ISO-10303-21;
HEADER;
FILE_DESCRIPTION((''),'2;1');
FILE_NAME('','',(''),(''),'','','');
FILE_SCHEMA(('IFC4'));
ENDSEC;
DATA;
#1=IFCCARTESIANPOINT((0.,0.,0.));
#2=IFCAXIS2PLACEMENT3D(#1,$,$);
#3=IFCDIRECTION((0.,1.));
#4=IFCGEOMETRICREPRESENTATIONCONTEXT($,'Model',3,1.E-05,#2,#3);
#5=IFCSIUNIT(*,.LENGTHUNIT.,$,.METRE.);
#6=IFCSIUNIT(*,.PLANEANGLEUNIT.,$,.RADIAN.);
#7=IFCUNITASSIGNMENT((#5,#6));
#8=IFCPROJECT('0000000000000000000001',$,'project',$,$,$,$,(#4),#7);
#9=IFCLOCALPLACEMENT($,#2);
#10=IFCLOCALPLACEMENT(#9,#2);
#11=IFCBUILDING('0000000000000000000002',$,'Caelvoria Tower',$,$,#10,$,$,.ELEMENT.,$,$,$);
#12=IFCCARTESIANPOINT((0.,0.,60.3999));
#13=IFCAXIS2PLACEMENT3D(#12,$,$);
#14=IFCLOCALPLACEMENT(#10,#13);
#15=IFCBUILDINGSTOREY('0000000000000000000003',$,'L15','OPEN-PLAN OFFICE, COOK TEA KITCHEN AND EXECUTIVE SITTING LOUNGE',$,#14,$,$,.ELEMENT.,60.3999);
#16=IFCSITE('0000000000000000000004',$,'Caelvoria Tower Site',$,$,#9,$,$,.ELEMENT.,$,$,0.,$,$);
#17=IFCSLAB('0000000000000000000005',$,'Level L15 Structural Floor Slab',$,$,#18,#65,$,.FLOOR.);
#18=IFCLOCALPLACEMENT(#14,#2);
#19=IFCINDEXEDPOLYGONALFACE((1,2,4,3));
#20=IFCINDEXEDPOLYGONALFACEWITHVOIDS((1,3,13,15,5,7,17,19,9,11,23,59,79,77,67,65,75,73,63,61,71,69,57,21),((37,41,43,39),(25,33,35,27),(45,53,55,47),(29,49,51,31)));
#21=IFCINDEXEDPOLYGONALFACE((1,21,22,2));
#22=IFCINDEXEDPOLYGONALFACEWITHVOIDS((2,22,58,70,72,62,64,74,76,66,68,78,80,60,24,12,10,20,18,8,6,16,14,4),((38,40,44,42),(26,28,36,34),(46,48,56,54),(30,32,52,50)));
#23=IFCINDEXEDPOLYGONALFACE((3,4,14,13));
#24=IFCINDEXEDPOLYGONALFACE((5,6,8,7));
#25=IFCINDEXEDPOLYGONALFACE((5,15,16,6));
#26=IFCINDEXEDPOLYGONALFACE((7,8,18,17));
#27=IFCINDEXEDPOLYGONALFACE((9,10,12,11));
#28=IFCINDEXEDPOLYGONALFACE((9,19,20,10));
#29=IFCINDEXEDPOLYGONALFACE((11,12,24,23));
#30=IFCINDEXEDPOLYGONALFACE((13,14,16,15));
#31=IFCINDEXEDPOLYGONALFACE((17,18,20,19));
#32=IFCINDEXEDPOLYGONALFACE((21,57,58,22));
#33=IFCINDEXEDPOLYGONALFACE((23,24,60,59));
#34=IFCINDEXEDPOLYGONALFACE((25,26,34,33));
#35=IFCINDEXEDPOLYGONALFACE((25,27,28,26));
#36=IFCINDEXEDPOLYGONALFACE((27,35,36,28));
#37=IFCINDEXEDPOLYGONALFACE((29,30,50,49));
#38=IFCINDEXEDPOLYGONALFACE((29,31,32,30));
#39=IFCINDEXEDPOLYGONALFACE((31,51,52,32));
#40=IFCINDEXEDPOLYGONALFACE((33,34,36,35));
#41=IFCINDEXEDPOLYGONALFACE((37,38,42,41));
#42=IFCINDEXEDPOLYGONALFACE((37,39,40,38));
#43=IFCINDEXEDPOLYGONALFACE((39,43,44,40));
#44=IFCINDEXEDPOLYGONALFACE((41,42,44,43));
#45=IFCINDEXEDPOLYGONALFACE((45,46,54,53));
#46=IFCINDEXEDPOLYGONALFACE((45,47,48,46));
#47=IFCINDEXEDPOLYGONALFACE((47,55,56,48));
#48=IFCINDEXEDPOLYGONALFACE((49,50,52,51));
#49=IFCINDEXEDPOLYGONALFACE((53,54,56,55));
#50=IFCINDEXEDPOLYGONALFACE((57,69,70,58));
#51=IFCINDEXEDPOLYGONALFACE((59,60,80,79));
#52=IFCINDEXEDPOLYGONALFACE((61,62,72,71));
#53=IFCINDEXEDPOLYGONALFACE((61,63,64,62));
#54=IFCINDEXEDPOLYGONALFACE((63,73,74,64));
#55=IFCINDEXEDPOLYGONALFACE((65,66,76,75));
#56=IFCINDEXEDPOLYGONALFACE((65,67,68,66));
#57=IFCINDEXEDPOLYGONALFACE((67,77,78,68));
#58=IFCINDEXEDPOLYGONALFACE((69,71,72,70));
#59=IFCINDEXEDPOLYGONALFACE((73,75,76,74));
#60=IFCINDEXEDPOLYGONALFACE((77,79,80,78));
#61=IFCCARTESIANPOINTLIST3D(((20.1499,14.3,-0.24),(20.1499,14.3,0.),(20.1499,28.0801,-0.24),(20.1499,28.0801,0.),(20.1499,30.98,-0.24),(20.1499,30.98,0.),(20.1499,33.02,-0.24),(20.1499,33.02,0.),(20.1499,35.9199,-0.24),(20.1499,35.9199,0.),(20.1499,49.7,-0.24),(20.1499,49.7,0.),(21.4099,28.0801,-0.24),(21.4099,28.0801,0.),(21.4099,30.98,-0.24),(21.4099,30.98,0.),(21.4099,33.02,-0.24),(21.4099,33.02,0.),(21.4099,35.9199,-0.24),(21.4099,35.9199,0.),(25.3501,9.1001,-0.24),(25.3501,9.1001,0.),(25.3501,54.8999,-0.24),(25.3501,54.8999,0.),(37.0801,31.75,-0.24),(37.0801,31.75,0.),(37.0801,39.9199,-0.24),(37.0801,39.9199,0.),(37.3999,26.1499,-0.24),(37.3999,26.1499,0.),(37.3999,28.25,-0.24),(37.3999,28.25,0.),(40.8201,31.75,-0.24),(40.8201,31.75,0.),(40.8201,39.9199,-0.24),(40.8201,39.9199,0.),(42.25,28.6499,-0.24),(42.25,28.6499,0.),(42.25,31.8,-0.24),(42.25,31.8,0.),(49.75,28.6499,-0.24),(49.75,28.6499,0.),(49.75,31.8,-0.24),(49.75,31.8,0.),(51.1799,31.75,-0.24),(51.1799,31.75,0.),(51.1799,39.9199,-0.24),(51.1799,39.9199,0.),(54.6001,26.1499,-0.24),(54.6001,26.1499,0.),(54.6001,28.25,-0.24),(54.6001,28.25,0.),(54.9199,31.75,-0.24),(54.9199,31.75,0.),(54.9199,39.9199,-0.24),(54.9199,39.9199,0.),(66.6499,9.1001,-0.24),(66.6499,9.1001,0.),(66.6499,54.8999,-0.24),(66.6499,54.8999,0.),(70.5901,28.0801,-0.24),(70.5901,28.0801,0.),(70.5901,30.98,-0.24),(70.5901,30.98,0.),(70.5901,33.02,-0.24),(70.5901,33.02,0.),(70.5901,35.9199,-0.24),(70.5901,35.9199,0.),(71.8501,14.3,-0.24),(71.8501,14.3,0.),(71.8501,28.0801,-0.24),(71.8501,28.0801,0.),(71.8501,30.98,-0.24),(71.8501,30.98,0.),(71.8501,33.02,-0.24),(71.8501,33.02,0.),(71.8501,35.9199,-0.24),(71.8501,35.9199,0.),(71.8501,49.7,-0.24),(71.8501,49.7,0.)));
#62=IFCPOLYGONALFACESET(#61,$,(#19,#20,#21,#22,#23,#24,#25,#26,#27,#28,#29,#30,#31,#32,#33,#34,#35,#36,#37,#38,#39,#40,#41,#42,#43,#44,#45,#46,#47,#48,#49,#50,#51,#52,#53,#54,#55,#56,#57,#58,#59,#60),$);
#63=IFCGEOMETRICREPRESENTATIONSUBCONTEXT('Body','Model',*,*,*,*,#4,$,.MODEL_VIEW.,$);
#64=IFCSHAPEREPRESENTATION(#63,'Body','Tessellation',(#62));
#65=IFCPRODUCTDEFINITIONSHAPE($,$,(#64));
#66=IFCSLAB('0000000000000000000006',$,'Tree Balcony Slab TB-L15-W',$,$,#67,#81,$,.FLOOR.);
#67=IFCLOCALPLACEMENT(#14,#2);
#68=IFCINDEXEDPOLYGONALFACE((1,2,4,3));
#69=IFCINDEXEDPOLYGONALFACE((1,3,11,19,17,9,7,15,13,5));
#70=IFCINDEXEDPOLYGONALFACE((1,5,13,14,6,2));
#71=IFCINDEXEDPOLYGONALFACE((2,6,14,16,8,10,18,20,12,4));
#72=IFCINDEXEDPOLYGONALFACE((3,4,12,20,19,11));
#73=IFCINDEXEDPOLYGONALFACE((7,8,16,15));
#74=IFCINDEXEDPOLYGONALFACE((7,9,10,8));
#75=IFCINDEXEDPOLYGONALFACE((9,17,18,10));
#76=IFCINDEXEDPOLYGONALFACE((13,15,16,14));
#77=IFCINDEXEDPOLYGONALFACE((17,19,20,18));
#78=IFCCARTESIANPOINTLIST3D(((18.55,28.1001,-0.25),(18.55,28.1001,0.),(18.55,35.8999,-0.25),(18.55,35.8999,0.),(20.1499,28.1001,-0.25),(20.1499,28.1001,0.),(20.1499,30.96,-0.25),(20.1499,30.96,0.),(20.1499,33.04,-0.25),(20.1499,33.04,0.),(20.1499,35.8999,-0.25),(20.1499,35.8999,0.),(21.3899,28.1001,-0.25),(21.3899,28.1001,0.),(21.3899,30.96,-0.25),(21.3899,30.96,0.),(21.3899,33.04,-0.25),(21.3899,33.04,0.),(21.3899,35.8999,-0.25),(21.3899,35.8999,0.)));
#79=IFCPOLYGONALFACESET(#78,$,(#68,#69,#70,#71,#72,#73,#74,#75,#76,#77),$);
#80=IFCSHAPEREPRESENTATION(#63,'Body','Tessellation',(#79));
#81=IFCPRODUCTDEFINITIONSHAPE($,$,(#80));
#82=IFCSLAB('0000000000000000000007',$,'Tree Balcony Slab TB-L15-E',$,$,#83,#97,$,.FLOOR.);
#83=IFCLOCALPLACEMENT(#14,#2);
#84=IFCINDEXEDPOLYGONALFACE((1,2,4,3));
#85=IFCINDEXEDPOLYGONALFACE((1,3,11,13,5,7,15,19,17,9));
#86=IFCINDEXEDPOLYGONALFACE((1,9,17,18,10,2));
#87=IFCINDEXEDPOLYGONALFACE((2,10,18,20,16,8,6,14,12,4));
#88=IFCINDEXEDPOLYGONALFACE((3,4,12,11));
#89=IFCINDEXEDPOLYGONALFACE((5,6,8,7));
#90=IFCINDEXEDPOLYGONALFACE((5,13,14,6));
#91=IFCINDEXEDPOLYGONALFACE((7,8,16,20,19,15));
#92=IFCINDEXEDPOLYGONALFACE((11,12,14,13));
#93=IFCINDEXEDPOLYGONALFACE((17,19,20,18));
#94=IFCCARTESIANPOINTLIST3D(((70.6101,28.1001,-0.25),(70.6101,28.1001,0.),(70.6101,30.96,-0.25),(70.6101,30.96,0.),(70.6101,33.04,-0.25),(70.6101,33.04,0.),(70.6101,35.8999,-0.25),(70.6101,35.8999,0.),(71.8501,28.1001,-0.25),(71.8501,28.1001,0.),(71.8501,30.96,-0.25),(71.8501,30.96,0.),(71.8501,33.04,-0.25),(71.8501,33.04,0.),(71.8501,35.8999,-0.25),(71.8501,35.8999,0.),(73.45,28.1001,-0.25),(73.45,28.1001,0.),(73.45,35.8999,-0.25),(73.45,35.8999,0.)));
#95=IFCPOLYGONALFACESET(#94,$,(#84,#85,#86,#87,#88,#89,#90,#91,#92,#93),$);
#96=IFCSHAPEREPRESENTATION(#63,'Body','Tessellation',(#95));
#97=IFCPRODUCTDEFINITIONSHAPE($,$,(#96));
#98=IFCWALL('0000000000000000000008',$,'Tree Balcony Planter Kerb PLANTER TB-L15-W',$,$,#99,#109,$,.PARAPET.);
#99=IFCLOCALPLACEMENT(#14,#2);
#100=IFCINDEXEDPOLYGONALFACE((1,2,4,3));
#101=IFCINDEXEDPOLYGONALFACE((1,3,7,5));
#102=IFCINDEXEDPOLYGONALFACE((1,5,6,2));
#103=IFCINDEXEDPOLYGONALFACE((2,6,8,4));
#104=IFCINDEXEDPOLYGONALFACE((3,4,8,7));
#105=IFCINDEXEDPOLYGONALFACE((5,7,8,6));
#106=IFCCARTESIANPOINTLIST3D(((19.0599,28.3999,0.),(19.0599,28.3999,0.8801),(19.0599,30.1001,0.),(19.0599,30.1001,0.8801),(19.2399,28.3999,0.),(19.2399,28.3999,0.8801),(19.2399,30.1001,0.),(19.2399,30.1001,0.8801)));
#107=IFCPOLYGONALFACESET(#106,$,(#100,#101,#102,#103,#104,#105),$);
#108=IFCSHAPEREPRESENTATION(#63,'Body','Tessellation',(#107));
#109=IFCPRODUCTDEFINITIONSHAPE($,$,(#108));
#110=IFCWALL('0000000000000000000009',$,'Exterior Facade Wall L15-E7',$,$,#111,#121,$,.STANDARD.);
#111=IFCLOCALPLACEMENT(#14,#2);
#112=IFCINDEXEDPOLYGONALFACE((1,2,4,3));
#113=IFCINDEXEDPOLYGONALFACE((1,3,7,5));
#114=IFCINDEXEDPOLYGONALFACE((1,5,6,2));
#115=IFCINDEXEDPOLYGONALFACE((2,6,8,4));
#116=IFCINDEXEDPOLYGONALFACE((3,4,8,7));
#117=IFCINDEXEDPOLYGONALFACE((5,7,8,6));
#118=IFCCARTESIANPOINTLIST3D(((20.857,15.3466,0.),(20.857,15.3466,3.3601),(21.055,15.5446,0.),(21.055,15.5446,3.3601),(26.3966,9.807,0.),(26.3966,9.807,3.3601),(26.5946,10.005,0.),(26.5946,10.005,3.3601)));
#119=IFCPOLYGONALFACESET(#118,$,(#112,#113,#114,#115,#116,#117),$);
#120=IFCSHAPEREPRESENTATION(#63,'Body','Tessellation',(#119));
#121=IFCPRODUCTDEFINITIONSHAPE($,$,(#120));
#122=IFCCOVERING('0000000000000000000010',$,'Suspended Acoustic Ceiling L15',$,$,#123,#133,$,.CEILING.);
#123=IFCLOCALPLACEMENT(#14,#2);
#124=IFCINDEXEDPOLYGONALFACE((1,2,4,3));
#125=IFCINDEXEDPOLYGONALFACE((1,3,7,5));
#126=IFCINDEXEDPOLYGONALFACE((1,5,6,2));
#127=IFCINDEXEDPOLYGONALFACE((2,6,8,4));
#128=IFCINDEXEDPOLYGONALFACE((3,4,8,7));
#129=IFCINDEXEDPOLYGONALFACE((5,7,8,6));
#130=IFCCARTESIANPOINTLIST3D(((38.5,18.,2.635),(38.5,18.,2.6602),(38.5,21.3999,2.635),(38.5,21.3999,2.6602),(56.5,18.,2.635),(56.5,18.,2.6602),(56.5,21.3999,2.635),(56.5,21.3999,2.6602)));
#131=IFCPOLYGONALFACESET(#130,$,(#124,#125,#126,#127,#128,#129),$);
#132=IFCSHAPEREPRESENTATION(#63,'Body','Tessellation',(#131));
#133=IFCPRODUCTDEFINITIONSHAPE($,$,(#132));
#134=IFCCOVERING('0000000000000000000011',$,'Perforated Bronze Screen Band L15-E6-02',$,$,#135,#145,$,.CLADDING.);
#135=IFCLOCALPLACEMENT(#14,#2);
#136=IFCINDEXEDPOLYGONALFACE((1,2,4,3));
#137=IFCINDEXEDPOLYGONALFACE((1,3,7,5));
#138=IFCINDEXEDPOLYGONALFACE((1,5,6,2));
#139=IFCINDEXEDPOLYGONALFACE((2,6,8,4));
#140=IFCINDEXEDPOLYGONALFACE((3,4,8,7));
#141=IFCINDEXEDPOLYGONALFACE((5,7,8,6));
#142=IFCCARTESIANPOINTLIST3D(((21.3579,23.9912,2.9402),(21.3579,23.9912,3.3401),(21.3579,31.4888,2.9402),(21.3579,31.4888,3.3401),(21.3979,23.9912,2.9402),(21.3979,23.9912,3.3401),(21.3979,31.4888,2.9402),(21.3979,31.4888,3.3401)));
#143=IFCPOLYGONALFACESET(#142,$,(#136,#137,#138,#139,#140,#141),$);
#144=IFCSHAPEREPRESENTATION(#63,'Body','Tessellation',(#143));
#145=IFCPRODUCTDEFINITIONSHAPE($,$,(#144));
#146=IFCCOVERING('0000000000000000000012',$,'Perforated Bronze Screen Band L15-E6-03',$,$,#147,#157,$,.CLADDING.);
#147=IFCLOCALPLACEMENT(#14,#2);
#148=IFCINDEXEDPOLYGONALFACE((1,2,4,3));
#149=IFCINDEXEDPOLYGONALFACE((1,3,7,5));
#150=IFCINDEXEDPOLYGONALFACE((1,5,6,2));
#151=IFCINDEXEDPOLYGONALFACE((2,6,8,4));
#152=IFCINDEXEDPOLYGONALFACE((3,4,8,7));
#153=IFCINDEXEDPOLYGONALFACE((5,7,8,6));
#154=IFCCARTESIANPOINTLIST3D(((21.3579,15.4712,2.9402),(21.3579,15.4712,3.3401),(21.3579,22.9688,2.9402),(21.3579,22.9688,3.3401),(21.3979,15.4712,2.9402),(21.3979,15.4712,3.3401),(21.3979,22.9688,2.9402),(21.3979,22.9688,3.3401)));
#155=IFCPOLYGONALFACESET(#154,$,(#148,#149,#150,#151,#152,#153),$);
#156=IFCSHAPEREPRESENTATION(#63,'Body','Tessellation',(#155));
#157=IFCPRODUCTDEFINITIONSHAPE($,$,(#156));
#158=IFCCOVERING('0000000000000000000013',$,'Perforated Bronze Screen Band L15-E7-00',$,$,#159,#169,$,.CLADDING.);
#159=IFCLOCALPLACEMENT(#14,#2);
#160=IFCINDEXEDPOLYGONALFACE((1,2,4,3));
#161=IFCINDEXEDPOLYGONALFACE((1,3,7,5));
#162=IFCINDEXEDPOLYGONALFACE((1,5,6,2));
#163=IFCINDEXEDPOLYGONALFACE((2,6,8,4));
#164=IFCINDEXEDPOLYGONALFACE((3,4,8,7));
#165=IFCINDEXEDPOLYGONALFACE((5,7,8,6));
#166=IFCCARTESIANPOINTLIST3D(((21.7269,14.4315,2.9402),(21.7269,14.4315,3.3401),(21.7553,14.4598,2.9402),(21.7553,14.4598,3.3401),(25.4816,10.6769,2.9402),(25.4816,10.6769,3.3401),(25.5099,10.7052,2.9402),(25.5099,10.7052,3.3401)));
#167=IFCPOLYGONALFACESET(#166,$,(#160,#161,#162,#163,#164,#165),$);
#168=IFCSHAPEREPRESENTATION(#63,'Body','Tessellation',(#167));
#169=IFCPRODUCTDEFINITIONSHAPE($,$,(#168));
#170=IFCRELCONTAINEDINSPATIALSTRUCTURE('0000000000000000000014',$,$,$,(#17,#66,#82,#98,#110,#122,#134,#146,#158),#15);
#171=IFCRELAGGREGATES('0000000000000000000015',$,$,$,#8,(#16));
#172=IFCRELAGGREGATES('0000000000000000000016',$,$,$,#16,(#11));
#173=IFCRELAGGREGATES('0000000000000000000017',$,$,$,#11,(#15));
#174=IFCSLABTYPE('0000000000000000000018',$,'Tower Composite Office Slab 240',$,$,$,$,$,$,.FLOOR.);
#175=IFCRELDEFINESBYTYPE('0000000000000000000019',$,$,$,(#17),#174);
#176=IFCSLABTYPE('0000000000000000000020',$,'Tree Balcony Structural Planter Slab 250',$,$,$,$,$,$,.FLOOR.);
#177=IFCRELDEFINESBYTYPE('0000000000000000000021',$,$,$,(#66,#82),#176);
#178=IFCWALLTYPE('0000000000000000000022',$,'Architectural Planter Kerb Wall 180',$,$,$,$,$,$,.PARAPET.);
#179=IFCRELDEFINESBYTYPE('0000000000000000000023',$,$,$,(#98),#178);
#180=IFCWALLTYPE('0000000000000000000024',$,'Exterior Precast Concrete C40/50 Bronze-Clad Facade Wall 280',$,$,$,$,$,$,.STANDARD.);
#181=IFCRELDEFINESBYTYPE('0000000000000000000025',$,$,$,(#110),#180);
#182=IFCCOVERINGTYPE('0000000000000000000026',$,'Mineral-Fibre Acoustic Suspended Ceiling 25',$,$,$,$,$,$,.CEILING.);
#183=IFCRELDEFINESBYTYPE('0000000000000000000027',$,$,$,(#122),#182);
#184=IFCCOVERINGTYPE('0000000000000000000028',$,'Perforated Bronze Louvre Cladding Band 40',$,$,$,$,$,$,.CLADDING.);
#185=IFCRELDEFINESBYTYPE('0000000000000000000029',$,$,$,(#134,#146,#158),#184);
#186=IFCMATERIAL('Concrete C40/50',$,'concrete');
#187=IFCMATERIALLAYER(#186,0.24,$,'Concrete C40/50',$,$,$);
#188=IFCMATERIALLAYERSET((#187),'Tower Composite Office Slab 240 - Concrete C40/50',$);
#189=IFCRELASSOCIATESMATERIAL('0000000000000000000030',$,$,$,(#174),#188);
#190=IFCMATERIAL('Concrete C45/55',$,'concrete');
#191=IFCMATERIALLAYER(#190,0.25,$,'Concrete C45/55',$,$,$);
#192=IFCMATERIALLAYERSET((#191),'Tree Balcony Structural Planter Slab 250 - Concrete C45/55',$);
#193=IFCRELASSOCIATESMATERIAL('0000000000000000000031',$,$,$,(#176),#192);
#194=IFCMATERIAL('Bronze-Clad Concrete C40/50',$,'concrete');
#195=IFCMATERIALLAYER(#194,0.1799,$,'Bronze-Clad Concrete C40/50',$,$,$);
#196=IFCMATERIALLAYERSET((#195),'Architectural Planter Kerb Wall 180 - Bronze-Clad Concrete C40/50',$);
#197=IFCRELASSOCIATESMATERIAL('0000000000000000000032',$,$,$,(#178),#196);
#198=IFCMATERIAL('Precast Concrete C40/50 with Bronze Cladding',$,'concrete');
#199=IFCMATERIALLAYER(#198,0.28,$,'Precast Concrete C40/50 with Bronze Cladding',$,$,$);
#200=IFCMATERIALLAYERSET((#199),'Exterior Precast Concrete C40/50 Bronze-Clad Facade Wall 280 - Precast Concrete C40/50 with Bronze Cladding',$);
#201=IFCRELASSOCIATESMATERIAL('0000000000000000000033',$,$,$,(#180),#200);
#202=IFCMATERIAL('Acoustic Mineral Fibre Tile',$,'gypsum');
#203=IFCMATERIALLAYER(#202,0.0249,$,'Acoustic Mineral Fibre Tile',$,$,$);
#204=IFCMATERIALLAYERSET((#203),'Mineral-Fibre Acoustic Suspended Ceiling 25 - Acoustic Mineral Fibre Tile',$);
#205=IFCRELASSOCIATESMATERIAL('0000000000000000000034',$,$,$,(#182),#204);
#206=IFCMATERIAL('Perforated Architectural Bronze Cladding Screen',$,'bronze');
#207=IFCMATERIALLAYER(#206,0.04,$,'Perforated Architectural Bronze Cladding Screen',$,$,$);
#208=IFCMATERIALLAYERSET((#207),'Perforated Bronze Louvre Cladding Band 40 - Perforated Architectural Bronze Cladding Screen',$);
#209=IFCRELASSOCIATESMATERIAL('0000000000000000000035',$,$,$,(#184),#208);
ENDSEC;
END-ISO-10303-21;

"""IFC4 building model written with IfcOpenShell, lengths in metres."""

from ifc_helpers import new_model, si_unit, direction, frame, frame_2d, origin, origin_2d, place, context, subcontext, project, spatial, polyline, rectangle, outline, extrude, material, layer, layer_set, type_object, element, save


model = new_model("IFC4")

# Units and contexts
model_context = context("Model", 3, precision=1e-05, world=origin(), true_north=direction((0.0, 1.0)))
body_context = subcontext(model_context, "Body", "Model", "MODEL_VIEW")
ifc_project = project(units=[si_unit("LENGTHUNIT", "METRE"), si_unit("PLANEANGLEUNIT", "RADIAN")], contexts=[model_context])

# Site, building, storey
site_placement = place(None, origin())
site = spatial("IfcSite", under=ifc_project, at=site_placement, Name="Caelvoria Tower Site", CompositionType="ELEMENT", RefElevation=0.0)
building_placement = place(site_placement, origin())
building = spatial("IfcBuilding", under=site, at=building_placement, Name="Caelvoria Tower", CompositionType="ELEMENT")
storey_placement = place(building_placement, frame((0.0, 0.0, 60.3999)))
storey = spatial("IfcBuildingStorey", under=building, at=storey_placement, Name="L15", Description="OPEN-PLAN OFFICE, COOK TEA KITCHEN AND EXECUTIVE SITTING LOUNGE", CompositionType="ELEMENT", Elevation=60.3999)

# Shared definitions
ifc_material_1 = material(Name="Concrete C40/50", Category="concrete")

# Slabs
ifc_layer_1 = layer(ifc_material_1, 0.24, Name="Concrete C40/50")
ifc_layer_set_1 = layer_set([ifc_layer_1], Name="Tower Composite Office Slab 240 - Concrete C40/50")
slab_type_1 = type_object("IfcSlabType", Name="Tower Composite Office Slab 240", PredefinedType="FLOOR", material=ifc_layer_set_1)
slab_1_placement = place(storey_placement, frame((0.0, 0.0, -0.24)))
element("IfcSlab", 1, at=slab_1_placement, inside=storey, type_object=slab_type_1, Name="Level L15 Structural Floor Slab", PredefinedType="FLOOR", context=body_context, shape_type="SweptSolid", body=[
    extrude(outline(polyline([(66.6499, 54.8999), (25.3501, 54.8999), (20.1499, 49.7), (20.1499, 35.9199), (21.4099, 35.9199), (21.4099, 33.02), (20.1499, 33.02), (20.1499, 30.98), (21.4099, 30.98), (21.4099, 28.0801), (20.1499, 28.0801), (20.1499, 14.3), (25.3501, 9.1001), (66.6499, 9.1001), (71.8501, 14.3), (71.8501, 28.0801), (70.5901, 28.0801), (70.5901, 30.98), (71.8501, 30.98), (71.8501, 33.02), (70.5901, 33.02), (70.5901, 35.9199), (71.8501, 35.9199), (71.8501, 49.7), (66.6499, 54.8999)]), holes=[polyline([(37.0801, 31.75), (40.8201, 31.75), (40.8201, 39.9199), (37.0801, 39.9199), (37.0801, 31.75)]), polyline([(51.1799, 31.75), (54.9199, 31.75), (54.9199, 39.9199), (51.1799, 39.9199), (51.1799, 31.75)]), polyline([(42.25, 28.6499), (49.75, 28.6499), (49.75, 31.8), (42.25, 31.8), (42.25, 28.6499)]), polyline([(37.3999, 26.1499), (54.6001, 26.1499), (54.6001, 28.25), (37.3999, 28.25), (37.3999, 26.1499)])]), origin(), (0.0, 0.0, 1.0), 0.24),
])
ifc_material_2 = material(Name="Concrete C45/55", Category="concrete")
ifc_layer_2 = layer(ifc_material_2, 0.25, Name="Concrete C45/55")
ifc_layer_set_2 = layer_set([ifc_layer_2], Name="Tree Balcony Structural Planter Slab 250 - Concrete C45/55")
slab_type_2 = type_object("IfcSlabType", Name="Tree Balcony Structural Planter Slab 250", PredefinedType="FLOOR", material=ifc_layer_set_2)
slab_2_placement = place(storey_placement, frame((0.0, 0.0, -0.25)))
element("IfcSlab", 2, at=slab_2_placement, inside=storey, type_object=slab_type_2, Name="Tree Balcony Slab TB-L15-W", PredefinedType="FLOOR", context=body_context, shape_type="SweptSolid", body=[
    extrude(outline(polyline([(18.55, 28.1001), (20.1499, 28.1001), (21.3899, 28.1001), (21.3899, 30.96), (20.1499, 30.96), (20.1499, 33.04), (21.3899, 33.04), (21.3899, 35.8999), (20.1499, 35.8999), (18.55, 35.8999), (18.55, 28.1001)])), origin(), (0.0, 0.0, 1.0), 0.25),
])
slab_3_placement = place(storey_placement, frame((0.0, 0.0, -0.25)))
element("IfcSlab", 3, at=slab_3_placement, inside=storey, type_object=slab_type_2, Name="Tree Balcony Slab TB-L15-E", PredefinedType="FLOOR", context=body_context, shape_type="SweptSolid", body=[
    extrude(outline(polyline([(71.8501, 35.8999), (70.6101, 35.8999), (70.6101, 33.04), (71.8501, 33.04), (71.8501, 30.96), (70.6101, 30.96), (70.6101, 28.1001), (71.8501, 28.1001), (73.45, 28.1001), (73.45, 35.8999), (71.8501, 35.8999)])), origin(), (0.0, 0.0, 1.0), 0.25),
])

# Walls
ifc_material_3 = material(Name="Bronze-Clad Concrete C40/50", Category="concrete")
ifc_layer_3 = layer(ifc_material_3, 0.1799, Name="Bronze-Clad Concrete C40/50")
ifc_layer_set_3 = layer_set([ifc_layer_3], Name="Architectural Planter Kerb Wall 180 - Bronze-Clad Concrete C40/50")
wall_type_1 = type_object("IfcWallType", Name="Architectural Planter Kerb Wall 180", PredefinedType="PARAPET", material=ifc_layer_set_3)
wall_1_placement = place(storey_placement, frame((19.1499, 28.3999, 0.0), z_axis=(0.0, 0.0, 1.0), x_axis=(0.0, 1.0, 0.0)))
element("IfcWall", 4, at=wall_1_placement, inside=storey, type_object=wall_type_1, Name="Tree Balcony Planter Kerb PLANTER TB-L15-W", PredefinedType="PARAPET", context=body_context, shape_type="SweptSolid", body=[
    extrude(rectangle(XDim=1.7002, YDim=0.1799, at=frame_2d((0.8501, 0.0))), origin(), (0.0, 0.0, 1.0), 0.8801),
])
ifc_material_4 = material(Name="Precast Concrete C40/50 with Bronze Cladding", Category="concrete")
ifc_layer_4 = layer(ifc_material_4, 0.28, Name="Precast Concrete C40/50 with Bronze Cladding")
ifc_layer_set_4 = layer_set([ifc_layer_4], Name="Exterior Precast Concrete C40/50 Bronze-Clad Facade Wall 280 - Precast Concrete C40/50 with Bronze Cladding")
wall_type_2 = type_object("IfcWallType", Name="Exterior Precast Concrete C40/50 Bronze-Clad Facade Wall 280", PredefinedType="STANDARD", material=ifc_layer_set_4)
wall_2_placement = place(storey_placement, frame((20.9561, 15.4456, 0.0), z_axis=(0.0, 0.0, 1.0), x_axis=(0.707107, -0.707107, 0.0)))
element("IfcWall", 5, at=wall_2_placement, inside=storey, type_object=wall_type_2, Name="Exterior Facade Wall L15-E7", PredefinedType="STANDARD", context=body_context, shape_type="SweptSolid", body=[
    extrude(rectangle(XDim=7.8342, YDim=0.28, at=frame_2d((3.917, 0.0))), origin(), (0.0, 0.0, 1.0), 3.3601),
])

# Coverings
ifc_material_5 = material(Name="Acoustic Mineral Fibre Tile", Category="gypsum")
ifc_layer_5 = layer(ifc_material_5, 0.0249, Name="Acoustic Mineral Fibre Tile")
ifc_layer_set_5 = layer_set([ifc_layer_5], Name="Mineral-Fibre Acoustic Suspended Ceiling 25 - Acoustic Mineral Fibre Tile")
covering_type_1 = type_object("IfcCoveringType", Name="Mineral-Fibre Acoustic Suspended Ceiling 25", PredefinedType="CEILING", material=ifc_layer_set_5)
covering_1_placement = place(storey_placement, frame((0.0, 0.0, 2.635)))
element("IfcCovering", 6, at=covering_1_placement, inside=storey, type_object=covering_type_1, Name="Suspended Acoustic Ceiling L15", PredefinedType="CEILING", context=body_context, shape_type="SweptSolid", body=[
    extrude(outline(polyline([(38.5, 18.0), (56.5, 18.0), (56.5, 21.3999), (38.5, 21.3999), (38.5, 18.0)])), origin(), (0.0, 0.0, 1.0), 0.0251),
])
ifc_material_6 = material(Name="Perforated Architectural Bronze Cladding Screen", Category="bronze")
ifc_layer_6 = layer(ifc_material_6, 0.04, Name="Perforated Architectural Bronze Cladding Screen")
ifc_layer_set_6 = layer_set([ifc_layer_6], Name="Perforated Bronze Louvre Cladding Band 40 - Perforated Architectural Bronze Cladding Screen")
covering_type_2 = type_object("IfcCoveringType", Name="Perforated Bronze Louvre Cladding Band 40", PredefinedType="CLADDING", material=ifc_layer_set_6)
for number, where, z_axis, x_axis, name in (
    (7, (21.3779, 27.74, 2.9402), (0.0, 0.0, 1.0), (0.0, -1.0, 0.0), "Perforated Bronze Screen Band L15-E6-02"),
    (8, (21.3779, 19.22, 2.9402), (0.0, 0.0, 1.0), (0.0, -1.0, 0.0), "Perforated Bronze Screen Band L15-E6-03"),
):
    element("IfcCovering", number, at=place(storey_placement, frame(where, z_axis=z_axis, x_axis=x_axis)), inside=storey, type_object=covering_type_2, Name=name, PredefinedType="CLADDING", context=body_context, shape_type="SweptSolid", body=[
        extrude(rectangle(XDim=7.4976, YDim=0.04, at=origin_2d()), origin(), (0.0, 0.0, 1.0), 0.3999),
    ])
covering_2_placement = place(storey_placement, frame((23.6184, 12.5684, 2.9402), z_axis=(0.0, 0.0, 1.0), x_axis=(0.707107, -0.707107, 0.0)))
element("IfcCovering", 9, at=covering_2_placement, inside=storey, type_object=covering_type_2, Name="Perforated Bronze Screen Band L15-E7-00", PredefinedType="CLADDING", context=body_context, shape_type="SweptSolid", body=[
    extrude(rectangle(XDim=5.3098, YDim=0.04, at=origin_2d()), origin(), (0.0, 0.0, 1.0), 0.3999),
])

save(model, "model.ifc")
